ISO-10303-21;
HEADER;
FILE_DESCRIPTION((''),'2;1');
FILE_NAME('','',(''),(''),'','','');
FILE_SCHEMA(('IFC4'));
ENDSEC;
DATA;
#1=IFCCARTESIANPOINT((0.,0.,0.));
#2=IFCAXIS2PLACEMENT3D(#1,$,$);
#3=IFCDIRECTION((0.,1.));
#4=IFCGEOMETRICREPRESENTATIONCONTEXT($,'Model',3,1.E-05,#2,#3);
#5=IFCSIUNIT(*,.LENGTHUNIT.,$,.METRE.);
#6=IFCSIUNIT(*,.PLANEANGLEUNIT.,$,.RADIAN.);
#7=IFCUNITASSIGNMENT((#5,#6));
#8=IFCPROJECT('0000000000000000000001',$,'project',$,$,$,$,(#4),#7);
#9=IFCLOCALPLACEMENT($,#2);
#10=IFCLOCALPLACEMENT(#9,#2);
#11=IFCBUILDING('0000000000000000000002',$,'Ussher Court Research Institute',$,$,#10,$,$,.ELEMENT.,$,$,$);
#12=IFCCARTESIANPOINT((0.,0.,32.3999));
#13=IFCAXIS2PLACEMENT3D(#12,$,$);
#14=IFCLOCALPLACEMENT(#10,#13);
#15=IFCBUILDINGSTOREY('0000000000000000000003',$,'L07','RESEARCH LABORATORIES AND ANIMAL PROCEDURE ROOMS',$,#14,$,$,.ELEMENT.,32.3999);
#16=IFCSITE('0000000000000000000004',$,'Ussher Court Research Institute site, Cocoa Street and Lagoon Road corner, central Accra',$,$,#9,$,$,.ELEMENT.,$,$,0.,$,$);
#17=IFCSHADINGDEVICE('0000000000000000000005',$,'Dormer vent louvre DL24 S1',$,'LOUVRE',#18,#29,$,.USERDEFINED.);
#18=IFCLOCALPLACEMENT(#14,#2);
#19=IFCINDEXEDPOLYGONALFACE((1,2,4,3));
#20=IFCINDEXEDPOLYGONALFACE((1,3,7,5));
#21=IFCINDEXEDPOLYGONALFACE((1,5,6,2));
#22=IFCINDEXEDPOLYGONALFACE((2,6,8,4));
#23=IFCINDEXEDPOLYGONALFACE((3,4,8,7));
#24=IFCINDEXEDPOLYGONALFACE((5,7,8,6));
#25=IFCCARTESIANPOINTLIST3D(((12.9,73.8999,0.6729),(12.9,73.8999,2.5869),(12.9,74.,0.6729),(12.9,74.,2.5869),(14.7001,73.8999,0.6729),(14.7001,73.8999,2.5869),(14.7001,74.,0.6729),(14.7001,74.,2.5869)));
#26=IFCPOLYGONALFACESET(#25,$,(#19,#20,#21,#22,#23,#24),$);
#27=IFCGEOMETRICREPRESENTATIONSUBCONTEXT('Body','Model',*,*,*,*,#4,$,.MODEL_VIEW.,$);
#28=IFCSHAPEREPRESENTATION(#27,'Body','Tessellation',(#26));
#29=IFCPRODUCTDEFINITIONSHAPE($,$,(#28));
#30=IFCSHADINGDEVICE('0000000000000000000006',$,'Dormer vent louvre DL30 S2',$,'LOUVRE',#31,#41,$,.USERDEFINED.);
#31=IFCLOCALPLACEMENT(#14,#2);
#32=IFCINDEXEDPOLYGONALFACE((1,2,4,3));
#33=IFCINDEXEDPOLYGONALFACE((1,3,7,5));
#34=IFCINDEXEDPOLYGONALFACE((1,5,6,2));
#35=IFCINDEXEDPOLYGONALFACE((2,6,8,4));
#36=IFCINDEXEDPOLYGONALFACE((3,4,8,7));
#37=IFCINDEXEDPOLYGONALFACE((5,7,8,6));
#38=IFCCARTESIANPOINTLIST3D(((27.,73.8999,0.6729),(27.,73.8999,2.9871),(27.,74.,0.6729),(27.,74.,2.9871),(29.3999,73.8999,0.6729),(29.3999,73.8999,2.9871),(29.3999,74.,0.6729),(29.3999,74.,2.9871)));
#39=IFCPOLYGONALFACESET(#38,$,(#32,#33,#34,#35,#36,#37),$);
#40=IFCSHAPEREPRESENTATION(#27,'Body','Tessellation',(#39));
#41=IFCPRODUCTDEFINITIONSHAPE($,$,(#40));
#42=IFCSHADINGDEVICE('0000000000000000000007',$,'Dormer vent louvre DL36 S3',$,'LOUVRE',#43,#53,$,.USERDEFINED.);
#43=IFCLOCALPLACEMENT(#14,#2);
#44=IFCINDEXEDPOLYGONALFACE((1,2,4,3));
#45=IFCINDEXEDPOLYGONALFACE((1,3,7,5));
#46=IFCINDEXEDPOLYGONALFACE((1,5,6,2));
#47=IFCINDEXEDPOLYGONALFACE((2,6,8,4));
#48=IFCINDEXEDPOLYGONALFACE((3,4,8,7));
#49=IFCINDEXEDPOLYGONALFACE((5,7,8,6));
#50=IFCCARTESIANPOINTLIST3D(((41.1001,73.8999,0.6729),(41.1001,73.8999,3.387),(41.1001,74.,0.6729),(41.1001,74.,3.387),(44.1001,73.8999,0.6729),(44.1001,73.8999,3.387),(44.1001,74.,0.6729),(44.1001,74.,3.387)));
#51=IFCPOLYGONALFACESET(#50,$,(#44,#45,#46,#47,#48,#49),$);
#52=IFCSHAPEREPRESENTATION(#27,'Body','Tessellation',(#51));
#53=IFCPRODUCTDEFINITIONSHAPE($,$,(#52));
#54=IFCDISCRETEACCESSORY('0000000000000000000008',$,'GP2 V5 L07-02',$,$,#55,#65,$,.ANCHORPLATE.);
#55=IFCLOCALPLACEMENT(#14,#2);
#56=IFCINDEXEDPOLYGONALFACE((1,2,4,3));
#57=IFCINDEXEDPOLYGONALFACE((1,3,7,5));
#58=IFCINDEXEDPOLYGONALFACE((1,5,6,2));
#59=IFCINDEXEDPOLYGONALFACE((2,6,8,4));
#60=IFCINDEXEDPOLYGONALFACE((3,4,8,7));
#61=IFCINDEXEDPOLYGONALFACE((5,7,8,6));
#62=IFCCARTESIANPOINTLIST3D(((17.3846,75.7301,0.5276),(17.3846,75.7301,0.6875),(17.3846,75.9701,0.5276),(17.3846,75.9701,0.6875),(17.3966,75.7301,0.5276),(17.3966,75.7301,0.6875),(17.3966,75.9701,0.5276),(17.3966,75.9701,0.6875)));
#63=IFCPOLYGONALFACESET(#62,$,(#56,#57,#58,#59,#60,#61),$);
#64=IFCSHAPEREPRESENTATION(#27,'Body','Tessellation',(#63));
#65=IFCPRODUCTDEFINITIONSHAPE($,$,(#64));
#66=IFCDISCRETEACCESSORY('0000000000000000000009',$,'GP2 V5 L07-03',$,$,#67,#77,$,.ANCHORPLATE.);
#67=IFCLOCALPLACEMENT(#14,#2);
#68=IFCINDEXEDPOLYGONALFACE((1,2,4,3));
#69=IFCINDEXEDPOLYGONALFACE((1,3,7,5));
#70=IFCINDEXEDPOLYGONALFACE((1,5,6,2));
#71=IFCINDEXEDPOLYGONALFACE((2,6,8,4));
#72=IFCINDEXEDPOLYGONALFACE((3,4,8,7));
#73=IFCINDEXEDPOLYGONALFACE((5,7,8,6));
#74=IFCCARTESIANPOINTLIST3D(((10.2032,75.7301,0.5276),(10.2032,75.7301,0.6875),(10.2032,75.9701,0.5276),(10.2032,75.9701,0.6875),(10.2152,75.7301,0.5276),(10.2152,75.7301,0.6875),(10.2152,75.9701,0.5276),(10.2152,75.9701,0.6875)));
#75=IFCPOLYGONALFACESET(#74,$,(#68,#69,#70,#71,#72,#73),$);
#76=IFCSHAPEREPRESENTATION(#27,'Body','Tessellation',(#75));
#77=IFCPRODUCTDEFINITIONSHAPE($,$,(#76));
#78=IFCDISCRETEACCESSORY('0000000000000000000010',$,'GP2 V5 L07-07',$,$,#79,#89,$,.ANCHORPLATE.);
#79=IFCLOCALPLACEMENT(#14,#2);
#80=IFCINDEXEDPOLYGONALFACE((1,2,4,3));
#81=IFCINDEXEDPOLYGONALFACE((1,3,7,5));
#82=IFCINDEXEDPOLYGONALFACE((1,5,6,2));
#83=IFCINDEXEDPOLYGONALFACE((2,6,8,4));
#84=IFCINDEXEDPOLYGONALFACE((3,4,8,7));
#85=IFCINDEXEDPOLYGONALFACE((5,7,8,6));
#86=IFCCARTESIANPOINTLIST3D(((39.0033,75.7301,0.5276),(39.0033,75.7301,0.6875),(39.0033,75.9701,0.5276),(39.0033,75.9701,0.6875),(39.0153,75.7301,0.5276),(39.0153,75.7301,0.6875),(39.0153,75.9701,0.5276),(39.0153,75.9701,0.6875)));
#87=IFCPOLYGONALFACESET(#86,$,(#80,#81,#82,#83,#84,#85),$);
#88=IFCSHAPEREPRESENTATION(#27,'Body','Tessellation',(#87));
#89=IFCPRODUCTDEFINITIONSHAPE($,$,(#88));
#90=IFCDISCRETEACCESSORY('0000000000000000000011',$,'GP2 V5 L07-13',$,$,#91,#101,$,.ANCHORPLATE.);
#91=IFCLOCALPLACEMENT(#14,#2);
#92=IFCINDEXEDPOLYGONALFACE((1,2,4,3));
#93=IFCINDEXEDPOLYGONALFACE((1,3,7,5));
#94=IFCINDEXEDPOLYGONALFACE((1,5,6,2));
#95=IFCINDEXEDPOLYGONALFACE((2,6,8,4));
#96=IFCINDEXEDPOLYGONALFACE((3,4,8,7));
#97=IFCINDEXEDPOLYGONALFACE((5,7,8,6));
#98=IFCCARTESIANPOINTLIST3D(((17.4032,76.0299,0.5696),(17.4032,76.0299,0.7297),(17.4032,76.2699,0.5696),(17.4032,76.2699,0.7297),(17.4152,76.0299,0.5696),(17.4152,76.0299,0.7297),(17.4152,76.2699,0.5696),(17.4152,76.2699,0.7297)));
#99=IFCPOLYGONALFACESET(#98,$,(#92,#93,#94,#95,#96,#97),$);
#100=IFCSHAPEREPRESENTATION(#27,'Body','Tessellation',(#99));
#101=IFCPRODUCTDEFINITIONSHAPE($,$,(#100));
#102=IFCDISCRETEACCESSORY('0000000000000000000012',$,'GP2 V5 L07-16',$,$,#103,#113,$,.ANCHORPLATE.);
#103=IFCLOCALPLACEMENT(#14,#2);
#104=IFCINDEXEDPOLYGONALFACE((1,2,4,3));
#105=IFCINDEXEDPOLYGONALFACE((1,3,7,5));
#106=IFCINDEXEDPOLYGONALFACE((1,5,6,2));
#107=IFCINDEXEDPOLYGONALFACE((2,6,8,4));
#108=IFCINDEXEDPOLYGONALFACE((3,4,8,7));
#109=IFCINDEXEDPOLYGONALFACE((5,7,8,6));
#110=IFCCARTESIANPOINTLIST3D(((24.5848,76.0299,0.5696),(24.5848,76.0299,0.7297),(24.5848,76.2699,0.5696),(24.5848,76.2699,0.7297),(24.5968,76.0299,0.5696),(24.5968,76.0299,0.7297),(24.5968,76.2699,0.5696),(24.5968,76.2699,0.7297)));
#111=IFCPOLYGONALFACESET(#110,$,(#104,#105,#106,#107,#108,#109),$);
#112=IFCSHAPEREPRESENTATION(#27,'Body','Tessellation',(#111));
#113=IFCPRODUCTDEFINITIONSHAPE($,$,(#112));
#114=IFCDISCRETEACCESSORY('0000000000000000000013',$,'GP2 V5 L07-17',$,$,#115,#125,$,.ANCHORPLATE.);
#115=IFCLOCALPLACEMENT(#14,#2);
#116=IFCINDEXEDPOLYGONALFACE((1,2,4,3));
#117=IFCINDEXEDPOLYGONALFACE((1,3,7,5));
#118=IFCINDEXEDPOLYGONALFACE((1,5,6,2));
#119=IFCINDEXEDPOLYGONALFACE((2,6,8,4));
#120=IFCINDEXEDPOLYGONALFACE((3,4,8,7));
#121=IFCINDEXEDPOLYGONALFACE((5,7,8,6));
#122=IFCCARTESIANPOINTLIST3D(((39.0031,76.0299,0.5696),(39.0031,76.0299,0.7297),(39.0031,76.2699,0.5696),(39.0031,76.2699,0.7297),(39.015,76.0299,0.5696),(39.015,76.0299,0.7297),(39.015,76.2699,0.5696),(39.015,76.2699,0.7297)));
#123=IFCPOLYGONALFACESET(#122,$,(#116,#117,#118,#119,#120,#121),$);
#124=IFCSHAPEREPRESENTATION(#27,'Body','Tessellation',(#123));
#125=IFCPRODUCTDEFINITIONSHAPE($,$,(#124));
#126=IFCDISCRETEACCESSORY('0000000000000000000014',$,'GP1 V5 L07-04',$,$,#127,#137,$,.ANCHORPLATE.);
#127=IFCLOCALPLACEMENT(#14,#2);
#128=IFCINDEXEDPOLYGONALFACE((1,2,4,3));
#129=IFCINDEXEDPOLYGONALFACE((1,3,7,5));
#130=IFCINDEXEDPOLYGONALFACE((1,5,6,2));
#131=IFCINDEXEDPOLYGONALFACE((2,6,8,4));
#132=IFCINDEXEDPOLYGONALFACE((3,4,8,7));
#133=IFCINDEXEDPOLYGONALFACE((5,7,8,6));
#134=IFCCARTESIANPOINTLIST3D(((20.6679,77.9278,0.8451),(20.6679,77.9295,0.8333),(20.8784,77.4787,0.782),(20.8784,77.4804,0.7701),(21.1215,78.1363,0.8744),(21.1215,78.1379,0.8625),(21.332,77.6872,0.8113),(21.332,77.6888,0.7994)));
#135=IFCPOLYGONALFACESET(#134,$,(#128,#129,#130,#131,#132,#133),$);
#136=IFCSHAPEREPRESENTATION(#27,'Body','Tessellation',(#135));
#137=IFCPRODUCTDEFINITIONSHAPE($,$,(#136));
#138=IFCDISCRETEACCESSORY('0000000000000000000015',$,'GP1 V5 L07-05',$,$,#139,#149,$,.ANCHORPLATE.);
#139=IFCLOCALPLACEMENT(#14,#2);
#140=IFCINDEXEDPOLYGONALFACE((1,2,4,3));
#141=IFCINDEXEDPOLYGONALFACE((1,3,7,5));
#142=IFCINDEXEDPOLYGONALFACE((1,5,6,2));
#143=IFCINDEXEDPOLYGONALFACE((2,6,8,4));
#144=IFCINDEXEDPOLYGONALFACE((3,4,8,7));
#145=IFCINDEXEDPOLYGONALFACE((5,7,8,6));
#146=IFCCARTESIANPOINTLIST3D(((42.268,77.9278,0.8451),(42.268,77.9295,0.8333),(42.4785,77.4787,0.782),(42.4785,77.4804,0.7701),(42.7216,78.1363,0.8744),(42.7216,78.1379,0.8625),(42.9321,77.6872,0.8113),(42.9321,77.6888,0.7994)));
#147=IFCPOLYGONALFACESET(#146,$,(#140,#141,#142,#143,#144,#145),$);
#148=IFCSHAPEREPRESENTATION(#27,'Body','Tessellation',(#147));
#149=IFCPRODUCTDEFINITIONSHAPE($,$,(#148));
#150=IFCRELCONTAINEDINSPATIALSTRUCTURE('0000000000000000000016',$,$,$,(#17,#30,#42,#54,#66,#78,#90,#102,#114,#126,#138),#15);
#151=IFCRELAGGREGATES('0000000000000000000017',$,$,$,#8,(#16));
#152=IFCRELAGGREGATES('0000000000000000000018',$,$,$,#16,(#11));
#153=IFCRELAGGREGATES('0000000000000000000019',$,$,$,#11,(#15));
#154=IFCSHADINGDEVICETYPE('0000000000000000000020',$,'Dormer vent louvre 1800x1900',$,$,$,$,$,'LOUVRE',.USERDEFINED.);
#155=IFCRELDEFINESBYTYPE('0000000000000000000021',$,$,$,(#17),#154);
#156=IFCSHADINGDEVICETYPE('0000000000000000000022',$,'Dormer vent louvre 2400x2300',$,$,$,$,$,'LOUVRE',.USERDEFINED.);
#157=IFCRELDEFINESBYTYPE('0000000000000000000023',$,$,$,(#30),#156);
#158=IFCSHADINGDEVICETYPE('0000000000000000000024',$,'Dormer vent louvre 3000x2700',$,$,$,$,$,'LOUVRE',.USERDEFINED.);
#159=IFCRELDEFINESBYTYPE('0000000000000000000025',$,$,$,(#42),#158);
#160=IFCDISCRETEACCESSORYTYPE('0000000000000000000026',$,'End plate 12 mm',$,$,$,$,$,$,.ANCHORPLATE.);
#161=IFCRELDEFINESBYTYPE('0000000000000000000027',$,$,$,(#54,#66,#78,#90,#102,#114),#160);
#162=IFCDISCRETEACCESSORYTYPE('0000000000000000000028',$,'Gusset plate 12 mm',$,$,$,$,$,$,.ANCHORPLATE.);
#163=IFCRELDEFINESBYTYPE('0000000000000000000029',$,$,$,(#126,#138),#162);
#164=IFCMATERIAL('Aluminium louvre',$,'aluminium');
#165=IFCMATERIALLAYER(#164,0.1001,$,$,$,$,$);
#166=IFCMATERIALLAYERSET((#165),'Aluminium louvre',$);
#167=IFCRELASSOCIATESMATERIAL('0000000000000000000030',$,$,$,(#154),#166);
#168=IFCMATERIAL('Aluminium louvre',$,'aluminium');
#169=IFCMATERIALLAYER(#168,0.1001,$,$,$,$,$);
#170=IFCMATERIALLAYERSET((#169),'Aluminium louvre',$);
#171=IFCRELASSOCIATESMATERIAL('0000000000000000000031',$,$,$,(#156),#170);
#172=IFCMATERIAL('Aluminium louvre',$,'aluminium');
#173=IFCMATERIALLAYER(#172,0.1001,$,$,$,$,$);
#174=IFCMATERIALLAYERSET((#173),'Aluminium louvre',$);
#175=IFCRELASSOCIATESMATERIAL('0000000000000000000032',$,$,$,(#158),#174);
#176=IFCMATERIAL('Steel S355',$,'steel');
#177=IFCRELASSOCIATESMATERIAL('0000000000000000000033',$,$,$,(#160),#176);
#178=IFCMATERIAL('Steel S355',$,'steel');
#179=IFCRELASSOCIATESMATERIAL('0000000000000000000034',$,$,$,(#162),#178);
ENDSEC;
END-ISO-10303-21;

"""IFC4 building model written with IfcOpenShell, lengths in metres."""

from ifc_helpers import new_model, si_unit, direction, frame, origin, origin_2d, place, context, subcontext, project, spatial, rectangle, extrude, material, layer, layer_set, material_profile, profile_set, type_object, element, save


model = new_model("IFC4")

# Units and contexts
model_context = context("Model", 3, precision=1e-05, world=origin(), true_north=direction((0.0, 1.0)))
body_context = subcontext(model_context, "Body", "Model", "MODEL_VIEW")
ifc_project = project(units=[si_unit("LENGTHUNIT", "METRE"), si_unit("PLANEANGLEUNIT", "RADIAN")], contexts=[model_context])

# Site, building, storey
site_placement = place(None, origin())
site = spatial("IfcSite", under=ifc_project, at=site_placement, Name="Ussher Court Research Institute site, Cocoa Street and Lagoon Road corner, central Accra", CompositionType="ELEMENT", RefElevation=0.0)
building_placement = place(site_placement, origin())
building = spatial("IfcBuilding", under=site, at=building_placement, Name="Ussher Court Research Institute", CompositionType="ELEMENT")
storey_placement = place(building_placement, frame((0.0, 0.0, 32.3999)))
storey = spatial("IfcBuildingStorey", under=building, at=storey_placement, Name="L07", Description="RESEARCH LABORATORIES AND ANIMAL PROCEDURE ROOMS", CompositionType="ELEMENT", Elevation=32.3999)

# Shading devices
ifc_material_1 = material(Name="Aluminium louvre", Category="aluminium")
ifc_layer_1 = layer(ifc_material_1, 0.1001)
ifc_layer_set_1 = layer_set([ifc_layer_1], Name="Aluminium louvre")
shading_device_type_1 = type_object("IfcShadingDeviceType", Name="Dormer vent louvre 1800x1900", ElementType="LOUVRE", PredefinedType="USERDEFINED", material=ifc_layer_set_1)
shading_device_1_placement = place(storey_placement, frame((13.8, 73.95, 0.6729), z_axis=(0.0, 0.0, 1.0), x_axis=(1.0, 0.0, 0.0)))
element("IfcShadingDevice", 1, at=shading_device_1_placement, inside=storey, type_object=shading_device_type_1, Name="Dormer vent louvre DL24 S1", ObjectType="LOUVRE", PredefinedType="USERDEFINED", context=body_context, shape_type="SweptSolid", body=[
    extrude(rectangle(XDim=1.8, YDim=0.1001, at=origin_2d()), origin(), (0.0, 0.0, 1.0), 1.9141),
])
ifc_material_2 = material(Name="Aluminium louvre", Category="aluminium")
ifc_layer_2 = layer(ifc_material_2, 0.1001)
ifc_layer_set_2 = layer_set([ifc_layer_2], Name="Aluminium louvre")
shading_device_type_2 = type_object("IfcShadingDeviceType", Name="Dormer vent louvre 2400x2300", ElementType="LOUVRE", PredefinedType="USERDEFINED", material=ifc_layer_set_2)
shading_device_2_placement = place(storey_placement, frame((28.2, 73.95, 0.6729), z_axis=(0.0, 0.0, 1.0), x_axis=(1.0, 0.0, 0.0)))
element("IfcShadingDevice", 2, at=shading_device_2_placement, inside=storey, type_object=shading_device_type_2, Name="Dormer vent louvre DL30 S2", ObjectType="LOUVRE", PredefinedType="USERDEFINED", context=body_context, shape_type="SweptSolid", body=[
    extrude(rectangle(XDim=2.3999, YDim=0.1001, at=origin_2d()), origin(), (0.0, 0.0, 1.0), 2.3142),
])
ifc_material_3 = material(Name="Aluminium louvre", Category="aluminium")
ifc_layer_3 = layer(ifc_material_3, 0.1001)
ifc_layer_set_3 = layer_set([ifc_layer_3], Name="Aluminium louvre")
shading_device_type_3 = type_object("IfcShadingDeviceType", Name="Dormer vent louvre 3000x2700", ElementType="LOUVRE", PredefinedType="USERDEFINED", material=ifc_layer_set_3)
shading_device_3_placement = place(storey_placement, frame((42.6001, 73.95, 0.6729), z_axis=(0.0, 0.0, 1.0), x_axis=(1.0, 0.0, 0.0)))
element("IfcShadingDevice", 3, at=shading_device_3_placement, inside=storey, type_object=shading_device_type_3, Name="Dormer vent louvre DL36 S3", ObjectType="LOUVRE", PredefinedType="USERDEFINED", context=body_context, shape_type="SweptSolid", body=[
    extrude(rectangle(XDim=3.0, YDim=0.1001, at=origin_2d()), origin(), (0.0, 0.0, 1.0), 2.7141),
])

# Discrete accessories
ifc_material_4 = material(Name="Steel S355", Category="steel")
ifc_material_profile_1 = material_profile(ifc_material_4, rectangle(XDim=0.012, YDim=0.24, at=origin_2d()), Name="PL 12x240")
ifc_profile_set_1 = profile_set([ifc_material_profile_1], Name="Steel S355")
discrete_accessory_type_1 = type_object("IfcDiscreteAccessoryType", Name="End plate 12 mm", PredefinedType="ANCHORPLATE", material=ifc_profile_set_1)
for number, where, z_axis, x_axis, name in (
    (4, (17.3906, 75.8501, 0.5276), (0.0, 0.0, 1.0), (1.0, 0.0, 0.0), "GP2 V5 L07-02"),
    (5, (10.2092, 75.8501, 0.5276), (0.0, 0.0, 1.0), (1.0, 0.0, 0.0), "GP2 V5 L07-03"),
    (6, (39.0093, 75.8501, 0.5276), (0.0, 0.0, 1.0), (1.0, 0.0, 0.0), "GP2 V5 L07-07"),
):
    element("IfcDiscreteAccessory", number, at=place(storey_placement, frame(where, z_axis=z_axis, x_axis=x_axis)), inside=storey, type_object=discrete_accessory_type_1, Name=name, PredefinedType="ANCHORPLATE", context=body_context, shape_type="SweptSolid", body=[
        extrude(rectangle(XDim=0.012, YDim=0.24, at=origin_2d()), origin(), (0.0, 0.0, 1.0), 0.1599),
    ])
for number, where, z_axis, x_axis, name in (
    (7, (17.4092, 76.1499, 0.5696), (0.0, 0.0, 1.0), (1.0, 0.0, 0.0), "GP2 V5 L07-13"),
    (8, (24.5908, 76.1499, 0.5696), (0.0, 0.0, 1.0), (1.0, 0.0, 0.0), "GP2 V5 L07-16"),
    (9, (39.009, 76.1499, 0.5696), (0.0, 0.0, 1.0), (1.0, 0.0, 0.0), "GP2 V5 L07-17"),
):
    element("IfcDiscreteAccessory", number, at=place(storey_placement, frame(where, z_axis=z_axis, x_axis=x_axis)), inside=storey, type_object=discrete_accessory_type_1, Name=name, PredefinedType="ANCHORPLATE", context=body_context, shape_type="SweptSolid", body=[
        extrude(rectangle(XDim=0.012, YDim=0.24, at=origin_2d()), origin(), (0.0, 0.0, 1.0), 0.1602),
    ])
ifc_material_5 = material(Name="Steel S355", Category="steel")
ifc_material_profile_2 = material_profile(ifc_material_5, rectangle(XDim=0.5, YDim=0.012, at=origin_2d()), Name="PL 500x12")
ifc_profile_set_2 = profile_set([ifc_material_profile_2], Name="Steel S355")
discrete_accessory_type_2 = type_object("IfcDiscreteAccessoryType", Name="Gusset plate 12 mm", PredefinedType="ANCHORPLATE", material=ifc_profile_set_2)
for number, where, z_axis, x_axis, name in (
    (10, (20.7732, 77.7041, 0.8076), (0.907056, 0.416914, 0.058583), (0.42101, -0.898228, -0.126245), "GP1 V5 L07-04"),
    (11, (42.3733, 77.7041, 0.8076), (0.907056, 0.416914, 0.058583), (0.42101, -0.898228, -0.126245), "GP1 V5 L07-05"),
):
    element("IfcDiscreteAccessory", number, at=place(storey_placement, frame(where, z_axis=z_axis, x_axis=x_axis)), inside=storey, type_object=discrete_accessory_type_2, Name=name, PredefinedType="ANCHORPLATE", context=body_context, shape_type="SweptSolid", body=[
        extrude(rectangle(XDim=0.5, YDim=0.012, at=origin_2d()), origin(), (0.0, 0.0, 1.0), 0.5),
    ])

save(model, "model.ifc")
